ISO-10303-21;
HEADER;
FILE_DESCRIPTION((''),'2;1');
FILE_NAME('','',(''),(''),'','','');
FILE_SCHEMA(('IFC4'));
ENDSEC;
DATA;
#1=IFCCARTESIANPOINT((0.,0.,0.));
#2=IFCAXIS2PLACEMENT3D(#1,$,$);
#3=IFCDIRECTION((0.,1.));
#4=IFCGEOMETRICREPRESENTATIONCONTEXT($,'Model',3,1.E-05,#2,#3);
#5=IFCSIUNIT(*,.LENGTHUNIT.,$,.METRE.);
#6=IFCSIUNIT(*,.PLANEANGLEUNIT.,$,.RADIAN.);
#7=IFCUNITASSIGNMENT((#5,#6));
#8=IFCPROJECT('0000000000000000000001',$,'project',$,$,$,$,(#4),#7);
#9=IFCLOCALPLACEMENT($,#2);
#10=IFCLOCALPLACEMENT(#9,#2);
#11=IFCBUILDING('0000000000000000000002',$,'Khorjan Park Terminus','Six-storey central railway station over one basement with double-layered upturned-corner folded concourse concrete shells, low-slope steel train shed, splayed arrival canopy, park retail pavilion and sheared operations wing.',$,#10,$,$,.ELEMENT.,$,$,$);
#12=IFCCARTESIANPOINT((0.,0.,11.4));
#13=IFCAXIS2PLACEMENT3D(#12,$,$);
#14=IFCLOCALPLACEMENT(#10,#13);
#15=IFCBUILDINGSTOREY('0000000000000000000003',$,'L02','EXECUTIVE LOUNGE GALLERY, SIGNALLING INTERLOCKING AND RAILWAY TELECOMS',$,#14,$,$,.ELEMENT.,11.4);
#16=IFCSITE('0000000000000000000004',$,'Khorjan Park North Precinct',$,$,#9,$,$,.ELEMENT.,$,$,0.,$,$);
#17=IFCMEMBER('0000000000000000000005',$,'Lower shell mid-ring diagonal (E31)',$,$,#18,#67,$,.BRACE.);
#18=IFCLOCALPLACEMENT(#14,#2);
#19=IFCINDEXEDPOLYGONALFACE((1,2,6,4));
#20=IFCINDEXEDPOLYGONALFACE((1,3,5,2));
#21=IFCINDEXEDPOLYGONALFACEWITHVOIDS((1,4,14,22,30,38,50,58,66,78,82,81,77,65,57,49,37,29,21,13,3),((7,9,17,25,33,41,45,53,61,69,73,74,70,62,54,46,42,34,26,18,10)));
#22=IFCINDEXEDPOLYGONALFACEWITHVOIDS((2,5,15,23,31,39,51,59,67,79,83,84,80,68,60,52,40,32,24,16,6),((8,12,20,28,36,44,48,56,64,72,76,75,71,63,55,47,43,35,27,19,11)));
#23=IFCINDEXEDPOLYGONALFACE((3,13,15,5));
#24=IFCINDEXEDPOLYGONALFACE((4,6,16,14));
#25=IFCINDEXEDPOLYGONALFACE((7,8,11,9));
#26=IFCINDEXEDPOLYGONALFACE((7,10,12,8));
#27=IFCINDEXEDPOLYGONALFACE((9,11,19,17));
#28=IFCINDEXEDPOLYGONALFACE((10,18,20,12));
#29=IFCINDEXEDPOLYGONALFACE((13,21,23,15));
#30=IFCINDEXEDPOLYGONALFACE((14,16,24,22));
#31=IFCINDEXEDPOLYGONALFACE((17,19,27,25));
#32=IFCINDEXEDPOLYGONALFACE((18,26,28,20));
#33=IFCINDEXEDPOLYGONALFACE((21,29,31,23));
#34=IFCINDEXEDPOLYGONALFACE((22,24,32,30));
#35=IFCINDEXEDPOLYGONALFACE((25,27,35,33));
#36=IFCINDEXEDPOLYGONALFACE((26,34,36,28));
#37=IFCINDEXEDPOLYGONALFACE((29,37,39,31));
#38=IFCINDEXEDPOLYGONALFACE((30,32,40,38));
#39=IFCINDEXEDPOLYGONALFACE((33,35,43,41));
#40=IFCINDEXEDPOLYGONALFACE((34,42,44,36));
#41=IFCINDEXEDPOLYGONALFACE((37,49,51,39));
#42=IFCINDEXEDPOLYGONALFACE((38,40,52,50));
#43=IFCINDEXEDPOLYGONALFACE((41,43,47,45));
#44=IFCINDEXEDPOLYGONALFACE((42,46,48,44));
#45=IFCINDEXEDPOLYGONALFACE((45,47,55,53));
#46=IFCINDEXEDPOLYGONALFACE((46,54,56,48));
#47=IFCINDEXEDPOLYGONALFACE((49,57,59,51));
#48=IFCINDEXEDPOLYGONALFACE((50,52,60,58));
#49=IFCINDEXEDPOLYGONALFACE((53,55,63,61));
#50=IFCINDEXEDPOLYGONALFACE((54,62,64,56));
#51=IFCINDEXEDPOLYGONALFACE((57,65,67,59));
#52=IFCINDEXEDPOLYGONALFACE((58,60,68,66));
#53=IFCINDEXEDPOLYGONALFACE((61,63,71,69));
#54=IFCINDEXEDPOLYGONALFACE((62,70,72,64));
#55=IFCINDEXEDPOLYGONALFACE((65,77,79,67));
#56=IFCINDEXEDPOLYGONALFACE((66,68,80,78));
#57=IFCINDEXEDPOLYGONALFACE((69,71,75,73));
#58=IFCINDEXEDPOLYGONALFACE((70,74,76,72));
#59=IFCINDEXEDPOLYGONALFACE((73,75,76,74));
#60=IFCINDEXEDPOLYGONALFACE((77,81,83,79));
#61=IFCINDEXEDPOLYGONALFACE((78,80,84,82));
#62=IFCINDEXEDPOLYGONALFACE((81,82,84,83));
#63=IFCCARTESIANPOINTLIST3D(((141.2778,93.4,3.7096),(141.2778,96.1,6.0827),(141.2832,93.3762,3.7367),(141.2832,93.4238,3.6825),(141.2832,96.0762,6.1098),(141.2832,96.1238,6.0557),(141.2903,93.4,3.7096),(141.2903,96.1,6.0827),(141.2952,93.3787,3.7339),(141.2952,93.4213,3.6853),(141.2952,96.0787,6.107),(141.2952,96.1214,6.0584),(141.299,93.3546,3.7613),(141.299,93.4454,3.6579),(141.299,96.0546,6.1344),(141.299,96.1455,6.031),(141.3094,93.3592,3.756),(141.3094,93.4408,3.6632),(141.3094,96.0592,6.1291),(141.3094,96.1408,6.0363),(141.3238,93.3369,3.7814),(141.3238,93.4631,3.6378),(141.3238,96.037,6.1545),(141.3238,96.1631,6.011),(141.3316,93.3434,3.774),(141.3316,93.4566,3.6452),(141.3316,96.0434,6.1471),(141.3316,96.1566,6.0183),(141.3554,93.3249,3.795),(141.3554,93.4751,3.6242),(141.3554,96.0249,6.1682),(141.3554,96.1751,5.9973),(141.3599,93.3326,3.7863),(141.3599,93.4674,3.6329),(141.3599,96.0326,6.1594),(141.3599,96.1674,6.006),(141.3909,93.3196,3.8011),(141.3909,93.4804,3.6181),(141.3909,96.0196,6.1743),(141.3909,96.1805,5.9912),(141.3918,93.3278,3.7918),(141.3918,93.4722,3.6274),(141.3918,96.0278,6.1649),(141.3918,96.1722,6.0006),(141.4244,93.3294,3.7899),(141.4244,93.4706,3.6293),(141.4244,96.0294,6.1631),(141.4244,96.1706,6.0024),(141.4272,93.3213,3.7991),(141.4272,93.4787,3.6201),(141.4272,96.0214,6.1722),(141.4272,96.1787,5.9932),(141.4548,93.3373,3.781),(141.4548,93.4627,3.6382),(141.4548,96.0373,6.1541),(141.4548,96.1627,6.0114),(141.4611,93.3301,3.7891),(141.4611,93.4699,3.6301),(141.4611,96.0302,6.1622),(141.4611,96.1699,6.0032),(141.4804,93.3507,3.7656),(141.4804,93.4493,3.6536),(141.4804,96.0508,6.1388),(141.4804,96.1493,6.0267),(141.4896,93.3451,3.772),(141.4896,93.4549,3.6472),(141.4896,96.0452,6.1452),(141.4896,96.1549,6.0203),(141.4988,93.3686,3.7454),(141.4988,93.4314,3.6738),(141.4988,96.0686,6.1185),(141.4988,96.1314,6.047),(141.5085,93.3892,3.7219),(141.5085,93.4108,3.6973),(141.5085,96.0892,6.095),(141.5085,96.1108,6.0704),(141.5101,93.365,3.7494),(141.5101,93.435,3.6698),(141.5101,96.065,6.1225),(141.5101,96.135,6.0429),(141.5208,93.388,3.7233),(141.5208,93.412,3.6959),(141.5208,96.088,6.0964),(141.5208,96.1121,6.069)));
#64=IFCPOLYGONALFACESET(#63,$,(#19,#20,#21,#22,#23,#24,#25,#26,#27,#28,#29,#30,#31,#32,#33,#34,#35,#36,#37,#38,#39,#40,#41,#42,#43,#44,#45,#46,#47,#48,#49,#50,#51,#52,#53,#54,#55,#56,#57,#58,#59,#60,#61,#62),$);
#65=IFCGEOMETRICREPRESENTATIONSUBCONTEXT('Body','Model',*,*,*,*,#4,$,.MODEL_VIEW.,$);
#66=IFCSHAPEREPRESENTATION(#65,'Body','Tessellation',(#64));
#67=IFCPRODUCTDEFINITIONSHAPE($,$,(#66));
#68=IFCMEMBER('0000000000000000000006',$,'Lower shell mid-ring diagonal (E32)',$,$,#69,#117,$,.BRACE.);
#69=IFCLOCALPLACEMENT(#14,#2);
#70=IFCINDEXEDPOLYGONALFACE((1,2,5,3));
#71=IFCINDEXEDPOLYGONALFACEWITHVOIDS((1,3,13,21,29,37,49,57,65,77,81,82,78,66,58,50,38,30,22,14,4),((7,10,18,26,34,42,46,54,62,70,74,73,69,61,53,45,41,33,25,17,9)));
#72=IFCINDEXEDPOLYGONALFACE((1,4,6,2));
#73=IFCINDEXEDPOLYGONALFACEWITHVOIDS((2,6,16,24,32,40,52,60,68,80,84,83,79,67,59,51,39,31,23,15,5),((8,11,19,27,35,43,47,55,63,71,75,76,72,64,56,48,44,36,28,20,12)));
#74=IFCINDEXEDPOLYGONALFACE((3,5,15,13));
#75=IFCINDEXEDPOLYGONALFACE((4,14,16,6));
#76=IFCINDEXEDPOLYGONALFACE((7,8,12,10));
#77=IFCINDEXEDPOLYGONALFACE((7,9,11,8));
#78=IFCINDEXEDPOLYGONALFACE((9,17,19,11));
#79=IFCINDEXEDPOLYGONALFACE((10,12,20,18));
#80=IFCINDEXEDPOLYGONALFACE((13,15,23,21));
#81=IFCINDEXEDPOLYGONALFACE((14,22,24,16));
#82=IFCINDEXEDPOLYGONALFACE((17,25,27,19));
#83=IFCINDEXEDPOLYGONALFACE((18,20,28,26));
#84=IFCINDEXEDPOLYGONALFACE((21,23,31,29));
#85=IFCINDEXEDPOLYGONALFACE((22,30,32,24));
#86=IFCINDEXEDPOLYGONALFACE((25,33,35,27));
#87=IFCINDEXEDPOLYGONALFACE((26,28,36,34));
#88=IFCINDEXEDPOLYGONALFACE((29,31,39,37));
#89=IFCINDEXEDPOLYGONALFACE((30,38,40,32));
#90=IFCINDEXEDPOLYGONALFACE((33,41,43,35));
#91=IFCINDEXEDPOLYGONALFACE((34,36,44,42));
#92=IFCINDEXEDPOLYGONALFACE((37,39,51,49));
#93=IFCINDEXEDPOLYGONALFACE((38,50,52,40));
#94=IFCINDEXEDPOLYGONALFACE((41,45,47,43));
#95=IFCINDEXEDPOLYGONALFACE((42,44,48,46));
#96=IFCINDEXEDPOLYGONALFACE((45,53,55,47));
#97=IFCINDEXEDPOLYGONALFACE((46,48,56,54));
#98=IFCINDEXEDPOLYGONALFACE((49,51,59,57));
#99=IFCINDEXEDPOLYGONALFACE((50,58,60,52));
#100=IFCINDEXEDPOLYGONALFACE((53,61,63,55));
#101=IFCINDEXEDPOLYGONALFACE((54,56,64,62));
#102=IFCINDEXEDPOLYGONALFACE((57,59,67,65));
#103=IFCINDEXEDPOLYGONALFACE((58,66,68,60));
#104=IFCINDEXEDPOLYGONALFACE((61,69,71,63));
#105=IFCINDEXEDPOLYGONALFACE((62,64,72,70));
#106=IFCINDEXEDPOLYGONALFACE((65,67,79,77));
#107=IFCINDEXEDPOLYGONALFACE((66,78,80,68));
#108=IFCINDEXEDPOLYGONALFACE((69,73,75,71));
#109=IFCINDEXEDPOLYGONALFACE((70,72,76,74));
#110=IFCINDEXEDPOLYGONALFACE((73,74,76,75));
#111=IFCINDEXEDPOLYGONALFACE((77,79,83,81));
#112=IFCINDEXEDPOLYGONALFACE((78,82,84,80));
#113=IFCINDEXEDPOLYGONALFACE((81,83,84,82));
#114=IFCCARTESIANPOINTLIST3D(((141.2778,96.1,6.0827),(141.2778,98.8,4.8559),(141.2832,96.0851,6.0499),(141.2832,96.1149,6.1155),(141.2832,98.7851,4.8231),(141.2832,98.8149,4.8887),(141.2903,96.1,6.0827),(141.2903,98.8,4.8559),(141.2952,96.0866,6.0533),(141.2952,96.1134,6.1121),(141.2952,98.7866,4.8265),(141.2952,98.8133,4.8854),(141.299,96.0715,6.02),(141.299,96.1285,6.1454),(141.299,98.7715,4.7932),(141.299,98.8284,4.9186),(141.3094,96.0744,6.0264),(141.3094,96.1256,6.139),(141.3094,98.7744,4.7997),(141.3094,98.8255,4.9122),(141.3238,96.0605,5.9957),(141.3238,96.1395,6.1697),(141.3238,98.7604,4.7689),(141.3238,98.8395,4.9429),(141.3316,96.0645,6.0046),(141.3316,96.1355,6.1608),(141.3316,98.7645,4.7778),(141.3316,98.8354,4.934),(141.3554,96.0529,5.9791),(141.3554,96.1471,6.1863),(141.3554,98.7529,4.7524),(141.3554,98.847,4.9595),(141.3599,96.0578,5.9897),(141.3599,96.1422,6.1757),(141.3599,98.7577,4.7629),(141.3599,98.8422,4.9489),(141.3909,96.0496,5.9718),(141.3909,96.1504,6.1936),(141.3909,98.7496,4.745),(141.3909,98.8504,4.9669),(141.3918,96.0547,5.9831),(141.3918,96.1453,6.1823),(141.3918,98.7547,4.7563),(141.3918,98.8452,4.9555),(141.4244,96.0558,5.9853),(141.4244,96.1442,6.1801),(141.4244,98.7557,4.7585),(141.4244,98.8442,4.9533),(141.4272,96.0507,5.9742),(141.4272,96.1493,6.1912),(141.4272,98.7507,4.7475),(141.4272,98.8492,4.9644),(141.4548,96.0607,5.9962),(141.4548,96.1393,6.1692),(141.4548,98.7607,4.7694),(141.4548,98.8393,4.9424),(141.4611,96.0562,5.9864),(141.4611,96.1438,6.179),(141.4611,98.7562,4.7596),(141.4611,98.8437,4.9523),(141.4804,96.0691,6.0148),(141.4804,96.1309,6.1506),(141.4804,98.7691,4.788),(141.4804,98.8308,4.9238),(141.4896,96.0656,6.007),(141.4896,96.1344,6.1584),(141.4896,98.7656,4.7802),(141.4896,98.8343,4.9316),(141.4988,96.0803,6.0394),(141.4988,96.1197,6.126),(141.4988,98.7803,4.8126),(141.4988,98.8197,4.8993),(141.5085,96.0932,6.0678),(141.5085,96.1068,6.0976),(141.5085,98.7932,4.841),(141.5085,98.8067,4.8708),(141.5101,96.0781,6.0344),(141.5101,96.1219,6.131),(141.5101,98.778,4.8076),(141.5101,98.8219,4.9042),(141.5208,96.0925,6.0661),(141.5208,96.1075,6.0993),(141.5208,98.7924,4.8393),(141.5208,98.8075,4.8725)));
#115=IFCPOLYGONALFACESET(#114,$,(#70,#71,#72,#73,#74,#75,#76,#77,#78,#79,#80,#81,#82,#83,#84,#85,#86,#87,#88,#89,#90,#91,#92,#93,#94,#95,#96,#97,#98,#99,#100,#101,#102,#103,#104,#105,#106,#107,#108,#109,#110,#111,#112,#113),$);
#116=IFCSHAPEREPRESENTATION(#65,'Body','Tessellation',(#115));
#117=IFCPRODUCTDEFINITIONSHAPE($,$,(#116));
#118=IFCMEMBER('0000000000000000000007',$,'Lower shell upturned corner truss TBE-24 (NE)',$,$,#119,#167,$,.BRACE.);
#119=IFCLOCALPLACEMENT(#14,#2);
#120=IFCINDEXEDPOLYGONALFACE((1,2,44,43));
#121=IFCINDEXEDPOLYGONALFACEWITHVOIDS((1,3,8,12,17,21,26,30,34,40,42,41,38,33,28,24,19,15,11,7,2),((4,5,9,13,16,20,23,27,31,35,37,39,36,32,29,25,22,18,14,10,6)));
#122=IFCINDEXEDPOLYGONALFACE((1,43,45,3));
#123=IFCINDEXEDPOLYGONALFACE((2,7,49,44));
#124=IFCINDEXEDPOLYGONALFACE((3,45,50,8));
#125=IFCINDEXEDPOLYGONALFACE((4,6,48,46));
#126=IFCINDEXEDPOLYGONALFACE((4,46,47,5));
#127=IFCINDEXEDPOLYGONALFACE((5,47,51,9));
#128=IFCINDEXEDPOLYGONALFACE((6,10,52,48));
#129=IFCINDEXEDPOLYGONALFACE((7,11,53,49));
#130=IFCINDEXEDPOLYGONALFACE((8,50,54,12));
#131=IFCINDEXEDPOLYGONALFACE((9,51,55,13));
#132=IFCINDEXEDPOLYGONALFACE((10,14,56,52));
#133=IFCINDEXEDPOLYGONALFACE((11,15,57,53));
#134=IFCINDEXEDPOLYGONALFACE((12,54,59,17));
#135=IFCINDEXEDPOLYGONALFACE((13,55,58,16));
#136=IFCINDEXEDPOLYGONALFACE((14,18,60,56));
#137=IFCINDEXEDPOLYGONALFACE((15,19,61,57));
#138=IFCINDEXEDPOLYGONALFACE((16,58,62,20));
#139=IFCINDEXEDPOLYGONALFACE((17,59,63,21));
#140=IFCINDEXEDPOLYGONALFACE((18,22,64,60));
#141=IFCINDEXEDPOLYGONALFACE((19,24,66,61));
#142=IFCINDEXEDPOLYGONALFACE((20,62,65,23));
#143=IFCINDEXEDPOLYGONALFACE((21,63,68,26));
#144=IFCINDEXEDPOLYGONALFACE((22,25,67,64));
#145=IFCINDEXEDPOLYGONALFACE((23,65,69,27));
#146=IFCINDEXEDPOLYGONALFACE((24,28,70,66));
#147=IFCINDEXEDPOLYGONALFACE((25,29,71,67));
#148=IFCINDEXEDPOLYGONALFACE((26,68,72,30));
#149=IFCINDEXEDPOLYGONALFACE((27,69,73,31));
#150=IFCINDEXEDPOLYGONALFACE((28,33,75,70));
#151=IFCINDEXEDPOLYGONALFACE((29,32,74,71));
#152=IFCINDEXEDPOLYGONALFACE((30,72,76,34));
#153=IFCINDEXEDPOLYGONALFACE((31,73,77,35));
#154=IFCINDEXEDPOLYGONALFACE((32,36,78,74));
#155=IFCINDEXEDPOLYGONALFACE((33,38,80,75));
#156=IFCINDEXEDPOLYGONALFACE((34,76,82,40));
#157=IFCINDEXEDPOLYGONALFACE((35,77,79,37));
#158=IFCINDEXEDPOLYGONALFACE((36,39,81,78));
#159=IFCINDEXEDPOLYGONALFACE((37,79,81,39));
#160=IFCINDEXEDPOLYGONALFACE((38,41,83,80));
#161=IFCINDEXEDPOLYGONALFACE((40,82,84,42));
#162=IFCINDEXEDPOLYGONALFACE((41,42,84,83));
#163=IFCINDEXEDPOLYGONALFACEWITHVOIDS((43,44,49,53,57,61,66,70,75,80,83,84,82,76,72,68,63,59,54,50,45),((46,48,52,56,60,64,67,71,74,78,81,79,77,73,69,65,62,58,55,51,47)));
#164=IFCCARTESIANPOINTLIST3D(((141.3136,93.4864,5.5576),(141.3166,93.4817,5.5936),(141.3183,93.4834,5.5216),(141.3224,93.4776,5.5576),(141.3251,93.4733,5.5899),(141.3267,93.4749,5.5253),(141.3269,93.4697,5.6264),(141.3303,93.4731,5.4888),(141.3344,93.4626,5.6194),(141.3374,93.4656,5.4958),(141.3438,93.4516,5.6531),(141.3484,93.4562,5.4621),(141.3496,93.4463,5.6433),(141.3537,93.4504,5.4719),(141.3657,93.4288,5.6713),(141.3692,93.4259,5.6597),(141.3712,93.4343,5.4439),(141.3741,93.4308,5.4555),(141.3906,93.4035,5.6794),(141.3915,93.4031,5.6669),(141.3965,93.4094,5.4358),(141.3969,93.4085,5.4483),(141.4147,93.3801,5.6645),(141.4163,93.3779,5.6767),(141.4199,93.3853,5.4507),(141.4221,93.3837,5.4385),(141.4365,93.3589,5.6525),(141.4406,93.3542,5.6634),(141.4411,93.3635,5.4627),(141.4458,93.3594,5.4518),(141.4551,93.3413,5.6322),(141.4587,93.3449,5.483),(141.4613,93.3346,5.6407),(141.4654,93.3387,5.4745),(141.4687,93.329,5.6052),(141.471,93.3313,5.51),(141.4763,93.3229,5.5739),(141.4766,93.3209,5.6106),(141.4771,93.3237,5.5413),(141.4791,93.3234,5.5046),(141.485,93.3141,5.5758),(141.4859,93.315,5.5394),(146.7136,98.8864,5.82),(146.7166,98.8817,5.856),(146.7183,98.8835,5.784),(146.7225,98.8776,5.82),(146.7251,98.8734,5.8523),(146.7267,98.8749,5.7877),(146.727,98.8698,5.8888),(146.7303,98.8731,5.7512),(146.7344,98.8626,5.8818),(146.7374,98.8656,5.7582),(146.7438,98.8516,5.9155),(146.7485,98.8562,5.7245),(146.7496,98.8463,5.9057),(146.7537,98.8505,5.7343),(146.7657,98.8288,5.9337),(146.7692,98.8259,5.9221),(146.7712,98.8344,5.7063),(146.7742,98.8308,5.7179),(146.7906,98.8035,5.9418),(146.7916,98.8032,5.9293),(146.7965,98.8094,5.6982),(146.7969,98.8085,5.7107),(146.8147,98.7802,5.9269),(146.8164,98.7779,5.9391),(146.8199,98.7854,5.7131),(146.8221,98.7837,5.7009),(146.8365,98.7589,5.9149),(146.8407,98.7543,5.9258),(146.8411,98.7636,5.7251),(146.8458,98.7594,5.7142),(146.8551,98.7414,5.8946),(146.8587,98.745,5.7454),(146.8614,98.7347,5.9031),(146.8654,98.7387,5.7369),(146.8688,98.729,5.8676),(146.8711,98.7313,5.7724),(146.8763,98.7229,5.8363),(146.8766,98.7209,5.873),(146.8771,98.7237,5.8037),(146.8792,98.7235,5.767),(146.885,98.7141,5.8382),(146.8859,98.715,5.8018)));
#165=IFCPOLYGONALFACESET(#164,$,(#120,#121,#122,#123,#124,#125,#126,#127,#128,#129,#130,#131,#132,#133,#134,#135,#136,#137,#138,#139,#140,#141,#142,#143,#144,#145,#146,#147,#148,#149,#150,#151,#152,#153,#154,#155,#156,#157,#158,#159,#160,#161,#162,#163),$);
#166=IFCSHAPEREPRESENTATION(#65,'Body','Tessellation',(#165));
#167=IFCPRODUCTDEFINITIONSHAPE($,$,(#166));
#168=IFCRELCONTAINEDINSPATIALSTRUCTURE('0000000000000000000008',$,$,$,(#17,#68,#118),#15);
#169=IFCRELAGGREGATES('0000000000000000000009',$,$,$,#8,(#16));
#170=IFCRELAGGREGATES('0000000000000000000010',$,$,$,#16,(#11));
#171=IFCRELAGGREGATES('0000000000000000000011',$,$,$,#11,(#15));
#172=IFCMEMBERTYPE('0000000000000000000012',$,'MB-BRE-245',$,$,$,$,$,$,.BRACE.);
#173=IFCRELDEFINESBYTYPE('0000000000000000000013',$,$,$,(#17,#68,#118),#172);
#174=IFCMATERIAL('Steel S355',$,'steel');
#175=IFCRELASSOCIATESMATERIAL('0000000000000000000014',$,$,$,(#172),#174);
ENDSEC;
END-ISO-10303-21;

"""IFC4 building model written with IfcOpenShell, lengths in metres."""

from ifc_helpers import new_model, si_unit, direction, frame, origin, origin_2d, place, context, subcontext, project, spatial, hollow_circle, extrude, material, material_profile, profile_set, type_object, element, save


model = new_model("IFC4")

# Units and contexts
model_context = context("Model", 3, precision=1e-05, world=origin(), true_north=direction((0.0, 1.0)))
body_context = subcontext(model_context, "Body", "Model", "MODEL_VIEW")
ifc_project = project(units=[si_unit("LENGTHUNIT", "METRE"), si_unit("PLANEANGLEUNIT", "RADIAN")], contexts=[model_context])

# Site, building, storey
site_placement = place(None, origin())
site = spatial("IfcSite", under=ifc_project, at=site_placement, Name="Khorjan Park North Precinct", CompositionType="ELEMENT", RefElevation=0.0)
building_placement = place(site_placement, origin())
building = spatial("IfcBuilding", under=site, at=building_placement, Name="Khorjan Park Terminus", Description="Six-storey central railway station over one basement with double-layered upturned-corner folded concourse concrete shells, low-slope steel train shed, splayed arrival canopy, park retail pavilion and sheared operations wing.", CompositionType="ELEMENT")
storey_placement = place(building_placement, frame((0.0, 0.0, 11.4)))
storey = spatial("IfcBuildingStorey", under=building, at=storey_placement, Name="L02", Description="EXECUTIVE LOUNGE GALLERY, SIGNALLING INTERLOCKING AND RAILWAY TELECOMS", CompositionType="ELEMENT", Elevation=11.4)

# Shared definitions
ifc_material_1 = material(Name="Steel S355", Category="steel")

# Members
ifc_material_profile_1 = material_profile(ifc_material_1, hollow_circle(Radius=0.1222, WallThickness=0.0125, at=origin_2d()), Name="CHS 244.5x12.5")
ifc_profile_set_1 = profile_set([ifc_material_profile_1], Name="Steel S355")
member_type_1 = type_object("IfcMemberType", Name="MB-BRE-245", PredefinedType="BRACE", material=ifc_profile_set_1)
member_1_placement = place(storey_placement, frame((141.4, 93.4, 3.7096), z_axis=(0.0, 0.751113, 0.660173), x_axis=(-1.0, 0.0, 0.0)))
element("IfcMember", 1, at=member_1_placement, inside=storey, type_object=member_type_1, Name="Lower shell mid-ring diagonal (E31)", PredefinedType="BRACE", context=body_context, shape_type="SweptSolid", body=[
    extrude(hollow_circle(Radius=0.1222, WallThickness=0.0125, at=origin_2d()), origin(), (0.0, 0.0, 1.0), 3.5947),
])
member_2_placement = place(storey_placement, frame((141.4, 96.1, 6.0827), z_axis=(0.0, 0.910427, -0.413671), x_axis=(-1.0, 0.0, 0.0)))
element("IfcMember", 2, at=member_2_placement, inside=storey, type_object=member_type_1, Name="Lower shell mid-ring diagonal (E32)", PredefinedType="BRACE", context=body_context, shape_type="SweptSolid", body=[
    extrude(hollow_circle(Radius=0.1222, WallThickness=0.0125, at=origin_2d()), origin(), (0.0, 0.0, 1.0), 2.9656),
])
member_3_placement = place(storey_placement, frame((141.4, 93.4, 5.5576), z_axis=(0.70669, 0.70669, 0.03434), x_axis=(-0.707107, 0.707107, 0.0)))
element("IfcMember", 3, at=member_3_placement, inside=storey, type_object=member_type_1, Name="Lower shell upturned corner truss TBE-24 (NE)", PredefinedType="BRACE", context=body_context, shape_type="SweptSolid", body=[
    extrude(hollow_circle(Radius=0.1222, WallThickness=0.0125, at=origin_2d()), origin(), (0.0, 0.0, 1.0), 7.6413),
])

save(model, "model.ifc")
